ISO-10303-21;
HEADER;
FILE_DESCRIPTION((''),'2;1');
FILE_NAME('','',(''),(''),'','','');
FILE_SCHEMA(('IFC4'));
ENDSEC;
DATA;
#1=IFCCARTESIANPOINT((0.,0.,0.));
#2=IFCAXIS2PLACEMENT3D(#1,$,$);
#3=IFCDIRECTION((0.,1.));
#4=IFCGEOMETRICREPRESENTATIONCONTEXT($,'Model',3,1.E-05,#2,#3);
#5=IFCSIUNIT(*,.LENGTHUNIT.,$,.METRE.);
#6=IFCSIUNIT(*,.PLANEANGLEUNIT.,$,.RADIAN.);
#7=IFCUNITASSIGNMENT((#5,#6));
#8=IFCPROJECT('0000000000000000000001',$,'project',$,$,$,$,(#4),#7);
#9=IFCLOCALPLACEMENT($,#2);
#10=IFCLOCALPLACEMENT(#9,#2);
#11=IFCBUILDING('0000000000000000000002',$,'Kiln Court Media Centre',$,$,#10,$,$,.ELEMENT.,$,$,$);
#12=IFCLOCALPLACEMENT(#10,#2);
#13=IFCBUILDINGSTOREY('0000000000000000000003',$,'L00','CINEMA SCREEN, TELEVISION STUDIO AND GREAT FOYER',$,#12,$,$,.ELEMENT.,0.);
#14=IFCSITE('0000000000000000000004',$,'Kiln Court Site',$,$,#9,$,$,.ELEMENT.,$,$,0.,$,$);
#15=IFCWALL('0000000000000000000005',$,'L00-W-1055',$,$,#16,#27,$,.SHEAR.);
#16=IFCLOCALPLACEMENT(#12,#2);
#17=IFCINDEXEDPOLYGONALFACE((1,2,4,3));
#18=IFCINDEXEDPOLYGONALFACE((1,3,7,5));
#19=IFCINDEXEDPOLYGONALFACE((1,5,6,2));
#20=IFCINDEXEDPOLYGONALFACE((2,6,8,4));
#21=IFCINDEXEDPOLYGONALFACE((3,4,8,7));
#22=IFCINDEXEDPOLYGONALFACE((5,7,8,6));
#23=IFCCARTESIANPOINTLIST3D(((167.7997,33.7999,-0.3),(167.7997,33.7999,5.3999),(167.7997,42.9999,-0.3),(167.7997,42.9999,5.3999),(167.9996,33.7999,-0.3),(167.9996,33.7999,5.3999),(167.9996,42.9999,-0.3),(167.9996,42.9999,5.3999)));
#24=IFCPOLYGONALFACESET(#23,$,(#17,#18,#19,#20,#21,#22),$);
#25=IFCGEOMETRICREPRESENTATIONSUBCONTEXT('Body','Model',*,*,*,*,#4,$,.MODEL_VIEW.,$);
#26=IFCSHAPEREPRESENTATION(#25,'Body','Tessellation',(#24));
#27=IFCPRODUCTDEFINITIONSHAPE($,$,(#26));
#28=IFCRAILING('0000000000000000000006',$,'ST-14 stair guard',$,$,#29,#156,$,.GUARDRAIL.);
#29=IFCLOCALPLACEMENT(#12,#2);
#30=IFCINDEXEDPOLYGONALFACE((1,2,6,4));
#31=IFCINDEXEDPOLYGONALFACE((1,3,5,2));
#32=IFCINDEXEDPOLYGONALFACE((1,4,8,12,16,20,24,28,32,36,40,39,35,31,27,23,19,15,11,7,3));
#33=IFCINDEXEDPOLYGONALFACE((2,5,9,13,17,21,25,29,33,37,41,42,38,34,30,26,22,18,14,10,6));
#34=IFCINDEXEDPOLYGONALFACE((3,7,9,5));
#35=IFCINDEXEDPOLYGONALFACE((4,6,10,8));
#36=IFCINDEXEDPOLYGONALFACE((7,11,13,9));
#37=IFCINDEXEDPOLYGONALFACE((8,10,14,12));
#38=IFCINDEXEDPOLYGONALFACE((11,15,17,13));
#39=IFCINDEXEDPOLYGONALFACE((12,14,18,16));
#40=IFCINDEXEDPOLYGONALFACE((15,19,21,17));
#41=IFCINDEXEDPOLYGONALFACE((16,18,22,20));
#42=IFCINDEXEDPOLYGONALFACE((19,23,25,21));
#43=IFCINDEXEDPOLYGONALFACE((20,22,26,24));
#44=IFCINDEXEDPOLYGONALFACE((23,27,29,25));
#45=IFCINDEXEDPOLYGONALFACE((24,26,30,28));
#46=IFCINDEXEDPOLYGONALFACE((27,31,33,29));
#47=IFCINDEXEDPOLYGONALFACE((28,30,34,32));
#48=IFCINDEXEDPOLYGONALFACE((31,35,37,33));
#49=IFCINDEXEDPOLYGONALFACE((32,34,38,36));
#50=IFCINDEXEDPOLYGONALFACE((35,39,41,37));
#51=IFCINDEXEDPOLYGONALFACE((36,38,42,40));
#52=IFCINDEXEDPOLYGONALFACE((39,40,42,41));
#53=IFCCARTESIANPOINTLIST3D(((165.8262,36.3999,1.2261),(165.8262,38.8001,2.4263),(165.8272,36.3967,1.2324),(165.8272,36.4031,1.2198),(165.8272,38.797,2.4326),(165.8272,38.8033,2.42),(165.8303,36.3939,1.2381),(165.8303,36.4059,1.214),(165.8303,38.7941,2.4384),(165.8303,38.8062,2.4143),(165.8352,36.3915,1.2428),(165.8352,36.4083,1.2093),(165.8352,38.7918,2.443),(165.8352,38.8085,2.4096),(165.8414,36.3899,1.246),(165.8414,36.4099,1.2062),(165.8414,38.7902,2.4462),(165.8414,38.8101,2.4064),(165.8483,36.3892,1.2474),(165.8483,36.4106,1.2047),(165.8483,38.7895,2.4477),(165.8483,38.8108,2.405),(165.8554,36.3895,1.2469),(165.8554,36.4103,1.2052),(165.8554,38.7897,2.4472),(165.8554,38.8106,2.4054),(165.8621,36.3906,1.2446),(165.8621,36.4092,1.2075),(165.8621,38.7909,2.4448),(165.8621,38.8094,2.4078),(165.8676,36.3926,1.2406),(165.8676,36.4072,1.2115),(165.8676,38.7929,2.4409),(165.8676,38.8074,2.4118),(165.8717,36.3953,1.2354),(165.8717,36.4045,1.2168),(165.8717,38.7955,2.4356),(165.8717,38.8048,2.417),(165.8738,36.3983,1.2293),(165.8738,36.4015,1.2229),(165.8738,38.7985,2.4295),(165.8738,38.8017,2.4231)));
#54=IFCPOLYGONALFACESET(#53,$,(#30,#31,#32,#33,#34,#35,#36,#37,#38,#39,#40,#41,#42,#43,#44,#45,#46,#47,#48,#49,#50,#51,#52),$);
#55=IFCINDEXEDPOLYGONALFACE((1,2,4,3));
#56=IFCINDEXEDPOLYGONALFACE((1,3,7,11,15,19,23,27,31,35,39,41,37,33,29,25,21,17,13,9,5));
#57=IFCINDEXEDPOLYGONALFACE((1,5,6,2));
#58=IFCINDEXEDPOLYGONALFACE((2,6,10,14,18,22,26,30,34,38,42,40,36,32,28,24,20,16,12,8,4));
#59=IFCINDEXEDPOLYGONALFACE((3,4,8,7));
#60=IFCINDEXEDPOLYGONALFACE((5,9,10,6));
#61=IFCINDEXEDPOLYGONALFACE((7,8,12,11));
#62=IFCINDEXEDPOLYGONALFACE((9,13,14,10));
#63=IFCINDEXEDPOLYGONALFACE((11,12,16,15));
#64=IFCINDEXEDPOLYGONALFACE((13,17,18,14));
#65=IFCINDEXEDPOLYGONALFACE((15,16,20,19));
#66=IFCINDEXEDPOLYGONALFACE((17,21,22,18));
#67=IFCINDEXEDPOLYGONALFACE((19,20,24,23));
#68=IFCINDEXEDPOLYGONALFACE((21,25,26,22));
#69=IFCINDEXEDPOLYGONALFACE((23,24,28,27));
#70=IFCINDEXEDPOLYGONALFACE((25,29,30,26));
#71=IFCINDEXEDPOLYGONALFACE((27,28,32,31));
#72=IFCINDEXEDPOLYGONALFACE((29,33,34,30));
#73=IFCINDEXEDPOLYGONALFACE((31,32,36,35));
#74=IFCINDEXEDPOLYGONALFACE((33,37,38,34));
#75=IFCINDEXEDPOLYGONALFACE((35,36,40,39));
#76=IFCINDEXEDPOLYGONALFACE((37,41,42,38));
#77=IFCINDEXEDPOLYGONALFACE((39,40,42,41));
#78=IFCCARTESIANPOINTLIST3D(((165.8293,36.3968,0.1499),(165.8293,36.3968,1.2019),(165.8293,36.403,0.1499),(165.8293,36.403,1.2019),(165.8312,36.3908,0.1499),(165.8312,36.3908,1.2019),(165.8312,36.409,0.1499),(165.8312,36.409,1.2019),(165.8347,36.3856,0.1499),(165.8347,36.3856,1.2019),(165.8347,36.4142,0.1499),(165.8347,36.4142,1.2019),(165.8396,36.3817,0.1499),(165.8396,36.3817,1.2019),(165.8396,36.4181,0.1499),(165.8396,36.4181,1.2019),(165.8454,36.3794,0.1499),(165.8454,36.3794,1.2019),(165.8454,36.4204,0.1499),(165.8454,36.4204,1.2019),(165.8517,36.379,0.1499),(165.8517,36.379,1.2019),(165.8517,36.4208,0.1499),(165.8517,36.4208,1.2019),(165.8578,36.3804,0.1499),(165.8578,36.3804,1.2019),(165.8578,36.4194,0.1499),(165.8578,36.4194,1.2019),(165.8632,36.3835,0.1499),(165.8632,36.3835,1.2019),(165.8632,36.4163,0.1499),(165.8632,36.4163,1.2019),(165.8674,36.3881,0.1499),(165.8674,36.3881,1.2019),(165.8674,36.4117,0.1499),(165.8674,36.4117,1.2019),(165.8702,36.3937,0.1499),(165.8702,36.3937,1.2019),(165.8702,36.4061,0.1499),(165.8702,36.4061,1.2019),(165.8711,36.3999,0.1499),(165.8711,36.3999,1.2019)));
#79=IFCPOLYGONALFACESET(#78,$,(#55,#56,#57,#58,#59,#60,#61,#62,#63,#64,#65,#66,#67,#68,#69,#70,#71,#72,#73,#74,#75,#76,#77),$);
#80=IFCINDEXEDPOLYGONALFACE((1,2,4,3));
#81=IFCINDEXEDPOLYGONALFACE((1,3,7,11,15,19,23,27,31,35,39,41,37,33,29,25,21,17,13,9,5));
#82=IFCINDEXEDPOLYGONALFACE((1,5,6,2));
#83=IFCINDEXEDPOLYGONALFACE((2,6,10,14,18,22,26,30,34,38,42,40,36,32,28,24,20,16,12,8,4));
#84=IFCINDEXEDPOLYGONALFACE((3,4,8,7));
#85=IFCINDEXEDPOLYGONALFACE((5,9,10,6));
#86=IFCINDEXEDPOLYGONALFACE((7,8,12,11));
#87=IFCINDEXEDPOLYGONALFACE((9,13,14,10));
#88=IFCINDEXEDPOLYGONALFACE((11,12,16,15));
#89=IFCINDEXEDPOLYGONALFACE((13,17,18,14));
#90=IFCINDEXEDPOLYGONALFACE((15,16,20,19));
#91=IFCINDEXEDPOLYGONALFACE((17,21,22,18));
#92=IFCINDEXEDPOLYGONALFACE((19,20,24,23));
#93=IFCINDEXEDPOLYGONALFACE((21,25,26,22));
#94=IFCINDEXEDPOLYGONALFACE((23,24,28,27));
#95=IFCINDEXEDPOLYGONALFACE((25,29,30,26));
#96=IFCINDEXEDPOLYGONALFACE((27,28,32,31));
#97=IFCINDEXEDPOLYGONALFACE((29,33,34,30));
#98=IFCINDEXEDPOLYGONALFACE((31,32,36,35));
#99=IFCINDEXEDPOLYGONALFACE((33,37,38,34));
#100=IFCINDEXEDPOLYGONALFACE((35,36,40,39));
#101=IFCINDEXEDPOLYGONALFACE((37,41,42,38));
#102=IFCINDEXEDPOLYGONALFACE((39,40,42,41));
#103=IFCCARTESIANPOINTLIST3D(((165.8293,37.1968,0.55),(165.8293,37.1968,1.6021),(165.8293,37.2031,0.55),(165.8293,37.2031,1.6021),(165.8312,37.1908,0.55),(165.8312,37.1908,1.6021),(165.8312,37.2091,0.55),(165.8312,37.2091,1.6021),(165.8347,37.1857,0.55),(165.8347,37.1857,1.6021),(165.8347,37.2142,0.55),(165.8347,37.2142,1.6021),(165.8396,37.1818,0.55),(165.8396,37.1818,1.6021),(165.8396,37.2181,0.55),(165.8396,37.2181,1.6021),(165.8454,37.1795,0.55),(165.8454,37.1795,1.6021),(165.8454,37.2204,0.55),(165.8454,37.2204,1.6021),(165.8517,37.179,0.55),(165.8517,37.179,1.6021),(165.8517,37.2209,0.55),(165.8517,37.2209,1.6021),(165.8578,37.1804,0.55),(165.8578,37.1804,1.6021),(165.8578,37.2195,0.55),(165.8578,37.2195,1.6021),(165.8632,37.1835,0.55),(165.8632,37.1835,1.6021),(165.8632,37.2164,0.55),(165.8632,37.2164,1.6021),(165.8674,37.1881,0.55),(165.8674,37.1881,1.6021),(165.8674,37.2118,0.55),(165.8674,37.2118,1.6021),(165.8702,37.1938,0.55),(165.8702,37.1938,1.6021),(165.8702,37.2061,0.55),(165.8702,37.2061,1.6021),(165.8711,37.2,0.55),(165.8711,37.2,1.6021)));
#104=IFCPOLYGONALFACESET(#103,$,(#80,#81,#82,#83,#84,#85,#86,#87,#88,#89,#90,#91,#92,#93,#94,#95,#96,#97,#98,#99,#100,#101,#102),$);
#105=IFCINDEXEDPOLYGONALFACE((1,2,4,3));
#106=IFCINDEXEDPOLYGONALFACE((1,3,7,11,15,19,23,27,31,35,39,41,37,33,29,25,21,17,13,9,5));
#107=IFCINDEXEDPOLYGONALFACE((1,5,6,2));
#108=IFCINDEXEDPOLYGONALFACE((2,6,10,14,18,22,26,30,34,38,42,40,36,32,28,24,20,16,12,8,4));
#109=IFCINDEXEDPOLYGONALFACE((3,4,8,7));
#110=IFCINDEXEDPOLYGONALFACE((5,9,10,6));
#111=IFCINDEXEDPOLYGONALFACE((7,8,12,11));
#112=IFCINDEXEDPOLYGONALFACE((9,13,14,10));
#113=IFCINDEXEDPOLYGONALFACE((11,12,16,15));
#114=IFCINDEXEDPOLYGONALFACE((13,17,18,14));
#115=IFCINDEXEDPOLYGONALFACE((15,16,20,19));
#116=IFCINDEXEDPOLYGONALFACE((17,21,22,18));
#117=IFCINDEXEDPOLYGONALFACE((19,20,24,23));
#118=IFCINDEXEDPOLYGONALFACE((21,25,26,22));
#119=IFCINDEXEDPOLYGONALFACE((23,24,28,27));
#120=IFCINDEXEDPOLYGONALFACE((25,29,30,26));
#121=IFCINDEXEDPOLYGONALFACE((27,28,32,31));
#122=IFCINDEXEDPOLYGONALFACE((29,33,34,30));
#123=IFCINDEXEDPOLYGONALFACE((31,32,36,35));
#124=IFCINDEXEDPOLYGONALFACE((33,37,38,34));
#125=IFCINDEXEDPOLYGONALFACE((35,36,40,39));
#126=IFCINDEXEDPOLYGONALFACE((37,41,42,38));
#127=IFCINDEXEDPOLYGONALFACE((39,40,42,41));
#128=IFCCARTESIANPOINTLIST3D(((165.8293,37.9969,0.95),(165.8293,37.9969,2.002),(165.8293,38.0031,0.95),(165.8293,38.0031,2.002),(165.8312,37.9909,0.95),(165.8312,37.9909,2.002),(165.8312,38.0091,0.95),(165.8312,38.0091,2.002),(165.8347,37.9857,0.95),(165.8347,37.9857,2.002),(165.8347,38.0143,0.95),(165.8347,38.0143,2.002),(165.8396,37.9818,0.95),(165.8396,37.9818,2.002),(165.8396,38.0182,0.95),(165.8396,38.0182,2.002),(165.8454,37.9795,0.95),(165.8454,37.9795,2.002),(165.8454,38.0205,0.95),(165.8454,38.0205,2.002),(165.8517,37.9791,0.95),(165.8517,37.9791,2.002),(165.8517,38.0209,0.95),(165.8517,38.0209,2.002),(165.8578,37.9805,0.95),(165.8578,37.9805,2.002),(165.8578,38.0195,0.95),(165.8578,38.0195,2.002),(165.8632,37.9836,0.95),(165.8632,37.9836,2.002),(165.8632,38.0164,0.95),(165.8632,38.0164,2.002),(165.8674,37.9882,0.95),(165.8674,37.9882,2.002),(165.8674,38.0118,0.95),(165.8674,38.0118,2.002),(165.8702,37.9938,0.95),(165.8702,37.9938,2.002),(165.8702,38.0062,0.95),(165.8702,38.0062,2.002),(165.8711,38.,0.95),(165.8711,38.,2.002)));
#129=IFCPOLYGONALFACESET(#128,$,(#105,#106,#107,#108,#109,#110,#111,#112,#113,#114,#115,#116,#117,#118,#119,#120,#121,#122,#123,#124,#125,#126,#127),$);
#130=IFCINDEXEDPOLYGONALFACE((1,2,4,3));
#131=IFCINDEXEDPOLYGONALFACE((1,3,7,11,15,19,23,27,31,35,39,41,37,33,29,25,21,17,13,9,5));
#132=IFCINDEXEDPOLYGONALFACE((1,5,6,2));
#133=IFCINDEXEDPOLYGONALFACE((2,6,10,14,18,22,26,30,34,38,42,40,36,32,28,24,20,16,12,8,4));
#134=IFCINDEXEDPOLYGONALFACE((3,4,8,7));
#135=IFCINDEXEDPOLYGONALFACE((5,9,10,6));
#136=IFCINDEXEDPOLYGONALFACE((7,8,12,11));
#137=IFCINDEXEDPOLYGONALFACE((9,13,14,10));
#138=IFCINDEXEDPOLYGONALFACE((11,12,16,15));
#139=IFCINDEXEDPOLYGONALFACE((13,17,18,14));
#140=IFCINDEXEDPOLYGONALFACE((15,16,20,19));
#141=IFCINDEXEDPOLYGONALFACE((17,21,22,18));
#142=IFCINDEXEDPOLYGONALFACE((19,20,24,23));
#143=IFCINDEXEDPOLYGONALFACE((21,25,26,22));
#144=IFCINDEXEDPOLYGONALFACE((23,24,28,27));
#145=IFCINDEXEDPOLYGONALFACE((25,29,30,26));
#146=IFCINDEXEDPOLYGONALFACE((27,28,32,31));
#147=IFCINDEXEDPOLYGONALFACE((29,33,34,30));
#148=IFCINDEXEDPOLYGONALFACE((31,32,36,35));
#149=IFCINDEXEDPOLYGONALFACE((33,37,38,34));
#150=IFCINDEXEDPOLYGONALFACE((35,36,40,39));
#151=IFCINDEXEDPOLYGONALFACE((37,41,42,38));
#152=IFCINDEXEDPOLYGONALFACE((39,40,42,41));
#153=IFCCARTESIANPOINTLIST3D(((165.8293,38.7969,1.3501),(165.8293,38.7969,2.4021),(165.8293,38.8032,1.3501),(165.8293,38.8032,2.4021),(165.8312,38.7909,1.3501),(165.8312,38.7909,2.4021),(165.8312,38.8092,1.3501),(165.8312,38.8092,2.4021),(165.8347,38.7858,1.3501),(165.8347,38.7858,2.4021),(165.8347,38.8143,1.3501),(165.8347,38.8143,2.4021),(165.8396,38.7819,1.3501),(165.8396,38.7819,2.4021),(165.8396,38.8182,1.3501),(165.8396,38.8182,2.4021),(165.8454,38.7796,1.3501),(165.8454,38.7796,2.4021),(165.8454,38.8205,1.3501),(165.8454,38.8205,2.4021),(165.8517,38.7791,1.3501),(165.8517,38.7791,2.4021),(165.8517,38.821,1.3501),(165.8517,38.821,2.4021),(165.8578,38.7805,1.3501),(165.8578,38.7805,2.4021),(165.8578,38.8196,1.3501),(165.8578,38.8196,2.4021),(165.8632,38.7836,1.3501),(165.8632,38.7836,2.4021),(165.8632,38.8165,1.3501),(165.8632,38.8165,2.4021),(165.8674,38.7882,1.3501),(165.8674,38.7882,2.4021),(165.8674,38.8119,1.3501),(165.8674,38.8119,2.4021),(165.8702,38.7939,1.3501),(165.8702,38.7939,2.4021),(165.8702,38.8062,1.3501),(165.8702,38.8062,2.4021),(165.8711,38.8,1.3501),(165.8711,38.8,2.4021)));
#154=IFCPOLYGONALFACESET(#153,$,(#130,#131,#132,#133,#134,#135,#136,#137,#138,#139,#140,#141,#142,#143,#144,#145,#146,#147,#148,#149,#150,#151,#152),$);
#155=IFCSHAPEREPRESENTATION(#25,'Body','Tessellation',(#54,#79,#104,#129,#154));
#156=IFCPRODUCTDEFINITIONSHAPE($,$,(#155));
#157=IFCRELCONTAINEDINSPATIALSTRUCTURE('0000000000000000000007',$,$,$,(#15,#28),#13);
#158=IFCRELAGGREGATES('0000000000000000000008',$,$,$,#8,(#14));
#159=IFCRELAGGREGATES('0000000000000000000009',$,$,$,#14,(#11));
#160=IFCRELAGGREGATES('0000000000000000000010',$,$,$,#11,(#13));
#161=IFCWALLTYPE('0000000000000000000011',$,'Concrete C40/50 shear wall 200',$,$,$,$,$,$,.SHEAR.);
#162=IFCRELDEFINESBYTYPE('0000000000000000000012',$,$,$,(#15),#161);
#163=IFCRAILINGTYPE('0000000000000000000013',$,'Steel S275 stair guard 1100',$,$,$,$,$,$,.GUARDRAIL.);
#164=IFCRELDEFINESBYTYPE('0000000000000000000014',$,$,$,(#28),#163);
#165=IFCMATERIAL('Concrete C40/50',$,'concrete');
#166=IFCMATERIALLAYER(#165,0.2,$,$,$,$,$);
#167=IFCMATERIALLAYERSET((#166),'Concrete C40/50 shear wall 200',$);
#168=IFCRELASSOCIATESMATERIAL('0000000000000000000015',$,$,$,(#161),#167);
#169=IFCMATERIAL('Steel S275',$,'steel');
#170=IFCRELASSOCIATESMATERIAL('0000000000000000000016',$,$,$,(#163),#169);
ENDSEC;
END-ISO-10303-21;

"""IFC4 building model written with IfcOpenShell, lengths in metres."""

from ifc_helpers import new_model, si_unit, direction, frame, frame_2d, origin, origin_2d, place, context, subcontext, project, spatial, rectangle, circle, extrude, material, layer, layer_set, type_object, element, save


model = new_model("IFC4")

# Units and contexts
model_context = context("Model", 3, precision=1e-05, world=origin(), true_north=direction((0.0, 1.0)))
body_context = subcontext(model_context, "Body", "Model", "MODEL_VIEW")
ifc_project = project(units=[si_unit("LENGTHUNIT", "METRE"), si_unit("PLANEANGLEUNIT", "RADIAN")], contexts=[model_context])

# Site, building, storey
site_placement = place(None, origin())
site = spatial("IfcSite", under=ifc_project, at=site_placement, Name="Kiln Court Site", CompositionType="ELEMENT", RefElevation=0.0)
building_placement = place(site_placement, origin())
building = spatial("IfcBuilding", under=site, at=building_placement, Name="Kiln Court Media Centre", CompositionType="ELEMENT")
storey_placement = place(building_placement, origin())
storey = spatial("IfcBuildingStorey", under=building, at=storey_placement, Name="L00", Description="CINEMA SCREEN, TELEVISION STUDIO AND GREAT FOYER", CompositionType="ELEMENT", Elevation=0.0)

# Shared definitions
ifc_material_1 = material(Name="Concrete C40/50", Category="concrete")
ifc_layer_1 = layer(ifc_material_1, 0.2)
ifc_layer_set_1 = layer_set([ifc_layer_1], Name="Concrete C40/50 shear wall 200")
wall_type_1 = type_object("IfcWallType", Name="Concrete C40/50 shear wall 200", PredefinedType="SHEAR", material=ifc_layer_set_1)

# Wall
wall_1_placement = place(storey_placement, frame((167.8997, 43.0, -0.3), z_axis=(0.0, 0.0, 1.0), x_axis=(0.0, -1.0, 0.0)))
element("IfcWall", 1, at=wall_1_placement, inside=storey, type_object=wall_type_1, Name="L00-W-1055", PredefinedType="SHEAR", context=body_context, shape_type="SweptSolid", body=[
    extrude(rectangle(XDim=9.2, YDim=0.2, at=frame_2d((4.6001, 0.0))), origin(), (0.0, 0.0, 1.0), 5.7),
])

# Railing
ifc_material_2 = material(Name="Steel S275", Category="steel")
railing_type_1 = type_object("IfcRailingType", Name="Steel S275 stair guard 1100", PredefinedType="GUARDRAIL", material=ifc_material_2)
railing_1_placement = place(storey_placement, frame((165.8501, 36.3999, 0.1499)))
element("IfcRailing", 2, at=railing_1_placement, inside=storey, type_object=railing_type_1, Name="ST-14 stair guard", PredefinedType="GUARDRAIL", context=body_context, shape_type="SweptSolid", body=[
    extrude(circle(Radius=0.0239, at=origin_2d()), frame((0.0, 0.0, 1.0762), z_axis=(0.0, 0.894409, 0.44725), x_axis=(-1.0, 0.0, 0.0)), (0.0, 0.0, 1.0), 2.6836),
    extrude(circle(Radius=0.021, at=origin_2d()), origin(), (0.0, 0.0, 1.0), 1.052),
    extrude(circle(Radius=0.021, at=origin_2d()), frame((0.0, 0.8, 0.4001)), (0.0, 0.0, 1.0), 1.052),
    extrude(circle(Radius=0.021, at=origin_2d()), frame((0.0, 1.6001, 0.8)), (0.0, 0.0, 1.0), 1.052),
    extrude(circle(Radius=0.021, at=origin_2d()), frame((0.0, 2.4001, 1.2002)), (0.0, 0.0, 1.0), 1.052),
])

save(model, "model.ifc")
